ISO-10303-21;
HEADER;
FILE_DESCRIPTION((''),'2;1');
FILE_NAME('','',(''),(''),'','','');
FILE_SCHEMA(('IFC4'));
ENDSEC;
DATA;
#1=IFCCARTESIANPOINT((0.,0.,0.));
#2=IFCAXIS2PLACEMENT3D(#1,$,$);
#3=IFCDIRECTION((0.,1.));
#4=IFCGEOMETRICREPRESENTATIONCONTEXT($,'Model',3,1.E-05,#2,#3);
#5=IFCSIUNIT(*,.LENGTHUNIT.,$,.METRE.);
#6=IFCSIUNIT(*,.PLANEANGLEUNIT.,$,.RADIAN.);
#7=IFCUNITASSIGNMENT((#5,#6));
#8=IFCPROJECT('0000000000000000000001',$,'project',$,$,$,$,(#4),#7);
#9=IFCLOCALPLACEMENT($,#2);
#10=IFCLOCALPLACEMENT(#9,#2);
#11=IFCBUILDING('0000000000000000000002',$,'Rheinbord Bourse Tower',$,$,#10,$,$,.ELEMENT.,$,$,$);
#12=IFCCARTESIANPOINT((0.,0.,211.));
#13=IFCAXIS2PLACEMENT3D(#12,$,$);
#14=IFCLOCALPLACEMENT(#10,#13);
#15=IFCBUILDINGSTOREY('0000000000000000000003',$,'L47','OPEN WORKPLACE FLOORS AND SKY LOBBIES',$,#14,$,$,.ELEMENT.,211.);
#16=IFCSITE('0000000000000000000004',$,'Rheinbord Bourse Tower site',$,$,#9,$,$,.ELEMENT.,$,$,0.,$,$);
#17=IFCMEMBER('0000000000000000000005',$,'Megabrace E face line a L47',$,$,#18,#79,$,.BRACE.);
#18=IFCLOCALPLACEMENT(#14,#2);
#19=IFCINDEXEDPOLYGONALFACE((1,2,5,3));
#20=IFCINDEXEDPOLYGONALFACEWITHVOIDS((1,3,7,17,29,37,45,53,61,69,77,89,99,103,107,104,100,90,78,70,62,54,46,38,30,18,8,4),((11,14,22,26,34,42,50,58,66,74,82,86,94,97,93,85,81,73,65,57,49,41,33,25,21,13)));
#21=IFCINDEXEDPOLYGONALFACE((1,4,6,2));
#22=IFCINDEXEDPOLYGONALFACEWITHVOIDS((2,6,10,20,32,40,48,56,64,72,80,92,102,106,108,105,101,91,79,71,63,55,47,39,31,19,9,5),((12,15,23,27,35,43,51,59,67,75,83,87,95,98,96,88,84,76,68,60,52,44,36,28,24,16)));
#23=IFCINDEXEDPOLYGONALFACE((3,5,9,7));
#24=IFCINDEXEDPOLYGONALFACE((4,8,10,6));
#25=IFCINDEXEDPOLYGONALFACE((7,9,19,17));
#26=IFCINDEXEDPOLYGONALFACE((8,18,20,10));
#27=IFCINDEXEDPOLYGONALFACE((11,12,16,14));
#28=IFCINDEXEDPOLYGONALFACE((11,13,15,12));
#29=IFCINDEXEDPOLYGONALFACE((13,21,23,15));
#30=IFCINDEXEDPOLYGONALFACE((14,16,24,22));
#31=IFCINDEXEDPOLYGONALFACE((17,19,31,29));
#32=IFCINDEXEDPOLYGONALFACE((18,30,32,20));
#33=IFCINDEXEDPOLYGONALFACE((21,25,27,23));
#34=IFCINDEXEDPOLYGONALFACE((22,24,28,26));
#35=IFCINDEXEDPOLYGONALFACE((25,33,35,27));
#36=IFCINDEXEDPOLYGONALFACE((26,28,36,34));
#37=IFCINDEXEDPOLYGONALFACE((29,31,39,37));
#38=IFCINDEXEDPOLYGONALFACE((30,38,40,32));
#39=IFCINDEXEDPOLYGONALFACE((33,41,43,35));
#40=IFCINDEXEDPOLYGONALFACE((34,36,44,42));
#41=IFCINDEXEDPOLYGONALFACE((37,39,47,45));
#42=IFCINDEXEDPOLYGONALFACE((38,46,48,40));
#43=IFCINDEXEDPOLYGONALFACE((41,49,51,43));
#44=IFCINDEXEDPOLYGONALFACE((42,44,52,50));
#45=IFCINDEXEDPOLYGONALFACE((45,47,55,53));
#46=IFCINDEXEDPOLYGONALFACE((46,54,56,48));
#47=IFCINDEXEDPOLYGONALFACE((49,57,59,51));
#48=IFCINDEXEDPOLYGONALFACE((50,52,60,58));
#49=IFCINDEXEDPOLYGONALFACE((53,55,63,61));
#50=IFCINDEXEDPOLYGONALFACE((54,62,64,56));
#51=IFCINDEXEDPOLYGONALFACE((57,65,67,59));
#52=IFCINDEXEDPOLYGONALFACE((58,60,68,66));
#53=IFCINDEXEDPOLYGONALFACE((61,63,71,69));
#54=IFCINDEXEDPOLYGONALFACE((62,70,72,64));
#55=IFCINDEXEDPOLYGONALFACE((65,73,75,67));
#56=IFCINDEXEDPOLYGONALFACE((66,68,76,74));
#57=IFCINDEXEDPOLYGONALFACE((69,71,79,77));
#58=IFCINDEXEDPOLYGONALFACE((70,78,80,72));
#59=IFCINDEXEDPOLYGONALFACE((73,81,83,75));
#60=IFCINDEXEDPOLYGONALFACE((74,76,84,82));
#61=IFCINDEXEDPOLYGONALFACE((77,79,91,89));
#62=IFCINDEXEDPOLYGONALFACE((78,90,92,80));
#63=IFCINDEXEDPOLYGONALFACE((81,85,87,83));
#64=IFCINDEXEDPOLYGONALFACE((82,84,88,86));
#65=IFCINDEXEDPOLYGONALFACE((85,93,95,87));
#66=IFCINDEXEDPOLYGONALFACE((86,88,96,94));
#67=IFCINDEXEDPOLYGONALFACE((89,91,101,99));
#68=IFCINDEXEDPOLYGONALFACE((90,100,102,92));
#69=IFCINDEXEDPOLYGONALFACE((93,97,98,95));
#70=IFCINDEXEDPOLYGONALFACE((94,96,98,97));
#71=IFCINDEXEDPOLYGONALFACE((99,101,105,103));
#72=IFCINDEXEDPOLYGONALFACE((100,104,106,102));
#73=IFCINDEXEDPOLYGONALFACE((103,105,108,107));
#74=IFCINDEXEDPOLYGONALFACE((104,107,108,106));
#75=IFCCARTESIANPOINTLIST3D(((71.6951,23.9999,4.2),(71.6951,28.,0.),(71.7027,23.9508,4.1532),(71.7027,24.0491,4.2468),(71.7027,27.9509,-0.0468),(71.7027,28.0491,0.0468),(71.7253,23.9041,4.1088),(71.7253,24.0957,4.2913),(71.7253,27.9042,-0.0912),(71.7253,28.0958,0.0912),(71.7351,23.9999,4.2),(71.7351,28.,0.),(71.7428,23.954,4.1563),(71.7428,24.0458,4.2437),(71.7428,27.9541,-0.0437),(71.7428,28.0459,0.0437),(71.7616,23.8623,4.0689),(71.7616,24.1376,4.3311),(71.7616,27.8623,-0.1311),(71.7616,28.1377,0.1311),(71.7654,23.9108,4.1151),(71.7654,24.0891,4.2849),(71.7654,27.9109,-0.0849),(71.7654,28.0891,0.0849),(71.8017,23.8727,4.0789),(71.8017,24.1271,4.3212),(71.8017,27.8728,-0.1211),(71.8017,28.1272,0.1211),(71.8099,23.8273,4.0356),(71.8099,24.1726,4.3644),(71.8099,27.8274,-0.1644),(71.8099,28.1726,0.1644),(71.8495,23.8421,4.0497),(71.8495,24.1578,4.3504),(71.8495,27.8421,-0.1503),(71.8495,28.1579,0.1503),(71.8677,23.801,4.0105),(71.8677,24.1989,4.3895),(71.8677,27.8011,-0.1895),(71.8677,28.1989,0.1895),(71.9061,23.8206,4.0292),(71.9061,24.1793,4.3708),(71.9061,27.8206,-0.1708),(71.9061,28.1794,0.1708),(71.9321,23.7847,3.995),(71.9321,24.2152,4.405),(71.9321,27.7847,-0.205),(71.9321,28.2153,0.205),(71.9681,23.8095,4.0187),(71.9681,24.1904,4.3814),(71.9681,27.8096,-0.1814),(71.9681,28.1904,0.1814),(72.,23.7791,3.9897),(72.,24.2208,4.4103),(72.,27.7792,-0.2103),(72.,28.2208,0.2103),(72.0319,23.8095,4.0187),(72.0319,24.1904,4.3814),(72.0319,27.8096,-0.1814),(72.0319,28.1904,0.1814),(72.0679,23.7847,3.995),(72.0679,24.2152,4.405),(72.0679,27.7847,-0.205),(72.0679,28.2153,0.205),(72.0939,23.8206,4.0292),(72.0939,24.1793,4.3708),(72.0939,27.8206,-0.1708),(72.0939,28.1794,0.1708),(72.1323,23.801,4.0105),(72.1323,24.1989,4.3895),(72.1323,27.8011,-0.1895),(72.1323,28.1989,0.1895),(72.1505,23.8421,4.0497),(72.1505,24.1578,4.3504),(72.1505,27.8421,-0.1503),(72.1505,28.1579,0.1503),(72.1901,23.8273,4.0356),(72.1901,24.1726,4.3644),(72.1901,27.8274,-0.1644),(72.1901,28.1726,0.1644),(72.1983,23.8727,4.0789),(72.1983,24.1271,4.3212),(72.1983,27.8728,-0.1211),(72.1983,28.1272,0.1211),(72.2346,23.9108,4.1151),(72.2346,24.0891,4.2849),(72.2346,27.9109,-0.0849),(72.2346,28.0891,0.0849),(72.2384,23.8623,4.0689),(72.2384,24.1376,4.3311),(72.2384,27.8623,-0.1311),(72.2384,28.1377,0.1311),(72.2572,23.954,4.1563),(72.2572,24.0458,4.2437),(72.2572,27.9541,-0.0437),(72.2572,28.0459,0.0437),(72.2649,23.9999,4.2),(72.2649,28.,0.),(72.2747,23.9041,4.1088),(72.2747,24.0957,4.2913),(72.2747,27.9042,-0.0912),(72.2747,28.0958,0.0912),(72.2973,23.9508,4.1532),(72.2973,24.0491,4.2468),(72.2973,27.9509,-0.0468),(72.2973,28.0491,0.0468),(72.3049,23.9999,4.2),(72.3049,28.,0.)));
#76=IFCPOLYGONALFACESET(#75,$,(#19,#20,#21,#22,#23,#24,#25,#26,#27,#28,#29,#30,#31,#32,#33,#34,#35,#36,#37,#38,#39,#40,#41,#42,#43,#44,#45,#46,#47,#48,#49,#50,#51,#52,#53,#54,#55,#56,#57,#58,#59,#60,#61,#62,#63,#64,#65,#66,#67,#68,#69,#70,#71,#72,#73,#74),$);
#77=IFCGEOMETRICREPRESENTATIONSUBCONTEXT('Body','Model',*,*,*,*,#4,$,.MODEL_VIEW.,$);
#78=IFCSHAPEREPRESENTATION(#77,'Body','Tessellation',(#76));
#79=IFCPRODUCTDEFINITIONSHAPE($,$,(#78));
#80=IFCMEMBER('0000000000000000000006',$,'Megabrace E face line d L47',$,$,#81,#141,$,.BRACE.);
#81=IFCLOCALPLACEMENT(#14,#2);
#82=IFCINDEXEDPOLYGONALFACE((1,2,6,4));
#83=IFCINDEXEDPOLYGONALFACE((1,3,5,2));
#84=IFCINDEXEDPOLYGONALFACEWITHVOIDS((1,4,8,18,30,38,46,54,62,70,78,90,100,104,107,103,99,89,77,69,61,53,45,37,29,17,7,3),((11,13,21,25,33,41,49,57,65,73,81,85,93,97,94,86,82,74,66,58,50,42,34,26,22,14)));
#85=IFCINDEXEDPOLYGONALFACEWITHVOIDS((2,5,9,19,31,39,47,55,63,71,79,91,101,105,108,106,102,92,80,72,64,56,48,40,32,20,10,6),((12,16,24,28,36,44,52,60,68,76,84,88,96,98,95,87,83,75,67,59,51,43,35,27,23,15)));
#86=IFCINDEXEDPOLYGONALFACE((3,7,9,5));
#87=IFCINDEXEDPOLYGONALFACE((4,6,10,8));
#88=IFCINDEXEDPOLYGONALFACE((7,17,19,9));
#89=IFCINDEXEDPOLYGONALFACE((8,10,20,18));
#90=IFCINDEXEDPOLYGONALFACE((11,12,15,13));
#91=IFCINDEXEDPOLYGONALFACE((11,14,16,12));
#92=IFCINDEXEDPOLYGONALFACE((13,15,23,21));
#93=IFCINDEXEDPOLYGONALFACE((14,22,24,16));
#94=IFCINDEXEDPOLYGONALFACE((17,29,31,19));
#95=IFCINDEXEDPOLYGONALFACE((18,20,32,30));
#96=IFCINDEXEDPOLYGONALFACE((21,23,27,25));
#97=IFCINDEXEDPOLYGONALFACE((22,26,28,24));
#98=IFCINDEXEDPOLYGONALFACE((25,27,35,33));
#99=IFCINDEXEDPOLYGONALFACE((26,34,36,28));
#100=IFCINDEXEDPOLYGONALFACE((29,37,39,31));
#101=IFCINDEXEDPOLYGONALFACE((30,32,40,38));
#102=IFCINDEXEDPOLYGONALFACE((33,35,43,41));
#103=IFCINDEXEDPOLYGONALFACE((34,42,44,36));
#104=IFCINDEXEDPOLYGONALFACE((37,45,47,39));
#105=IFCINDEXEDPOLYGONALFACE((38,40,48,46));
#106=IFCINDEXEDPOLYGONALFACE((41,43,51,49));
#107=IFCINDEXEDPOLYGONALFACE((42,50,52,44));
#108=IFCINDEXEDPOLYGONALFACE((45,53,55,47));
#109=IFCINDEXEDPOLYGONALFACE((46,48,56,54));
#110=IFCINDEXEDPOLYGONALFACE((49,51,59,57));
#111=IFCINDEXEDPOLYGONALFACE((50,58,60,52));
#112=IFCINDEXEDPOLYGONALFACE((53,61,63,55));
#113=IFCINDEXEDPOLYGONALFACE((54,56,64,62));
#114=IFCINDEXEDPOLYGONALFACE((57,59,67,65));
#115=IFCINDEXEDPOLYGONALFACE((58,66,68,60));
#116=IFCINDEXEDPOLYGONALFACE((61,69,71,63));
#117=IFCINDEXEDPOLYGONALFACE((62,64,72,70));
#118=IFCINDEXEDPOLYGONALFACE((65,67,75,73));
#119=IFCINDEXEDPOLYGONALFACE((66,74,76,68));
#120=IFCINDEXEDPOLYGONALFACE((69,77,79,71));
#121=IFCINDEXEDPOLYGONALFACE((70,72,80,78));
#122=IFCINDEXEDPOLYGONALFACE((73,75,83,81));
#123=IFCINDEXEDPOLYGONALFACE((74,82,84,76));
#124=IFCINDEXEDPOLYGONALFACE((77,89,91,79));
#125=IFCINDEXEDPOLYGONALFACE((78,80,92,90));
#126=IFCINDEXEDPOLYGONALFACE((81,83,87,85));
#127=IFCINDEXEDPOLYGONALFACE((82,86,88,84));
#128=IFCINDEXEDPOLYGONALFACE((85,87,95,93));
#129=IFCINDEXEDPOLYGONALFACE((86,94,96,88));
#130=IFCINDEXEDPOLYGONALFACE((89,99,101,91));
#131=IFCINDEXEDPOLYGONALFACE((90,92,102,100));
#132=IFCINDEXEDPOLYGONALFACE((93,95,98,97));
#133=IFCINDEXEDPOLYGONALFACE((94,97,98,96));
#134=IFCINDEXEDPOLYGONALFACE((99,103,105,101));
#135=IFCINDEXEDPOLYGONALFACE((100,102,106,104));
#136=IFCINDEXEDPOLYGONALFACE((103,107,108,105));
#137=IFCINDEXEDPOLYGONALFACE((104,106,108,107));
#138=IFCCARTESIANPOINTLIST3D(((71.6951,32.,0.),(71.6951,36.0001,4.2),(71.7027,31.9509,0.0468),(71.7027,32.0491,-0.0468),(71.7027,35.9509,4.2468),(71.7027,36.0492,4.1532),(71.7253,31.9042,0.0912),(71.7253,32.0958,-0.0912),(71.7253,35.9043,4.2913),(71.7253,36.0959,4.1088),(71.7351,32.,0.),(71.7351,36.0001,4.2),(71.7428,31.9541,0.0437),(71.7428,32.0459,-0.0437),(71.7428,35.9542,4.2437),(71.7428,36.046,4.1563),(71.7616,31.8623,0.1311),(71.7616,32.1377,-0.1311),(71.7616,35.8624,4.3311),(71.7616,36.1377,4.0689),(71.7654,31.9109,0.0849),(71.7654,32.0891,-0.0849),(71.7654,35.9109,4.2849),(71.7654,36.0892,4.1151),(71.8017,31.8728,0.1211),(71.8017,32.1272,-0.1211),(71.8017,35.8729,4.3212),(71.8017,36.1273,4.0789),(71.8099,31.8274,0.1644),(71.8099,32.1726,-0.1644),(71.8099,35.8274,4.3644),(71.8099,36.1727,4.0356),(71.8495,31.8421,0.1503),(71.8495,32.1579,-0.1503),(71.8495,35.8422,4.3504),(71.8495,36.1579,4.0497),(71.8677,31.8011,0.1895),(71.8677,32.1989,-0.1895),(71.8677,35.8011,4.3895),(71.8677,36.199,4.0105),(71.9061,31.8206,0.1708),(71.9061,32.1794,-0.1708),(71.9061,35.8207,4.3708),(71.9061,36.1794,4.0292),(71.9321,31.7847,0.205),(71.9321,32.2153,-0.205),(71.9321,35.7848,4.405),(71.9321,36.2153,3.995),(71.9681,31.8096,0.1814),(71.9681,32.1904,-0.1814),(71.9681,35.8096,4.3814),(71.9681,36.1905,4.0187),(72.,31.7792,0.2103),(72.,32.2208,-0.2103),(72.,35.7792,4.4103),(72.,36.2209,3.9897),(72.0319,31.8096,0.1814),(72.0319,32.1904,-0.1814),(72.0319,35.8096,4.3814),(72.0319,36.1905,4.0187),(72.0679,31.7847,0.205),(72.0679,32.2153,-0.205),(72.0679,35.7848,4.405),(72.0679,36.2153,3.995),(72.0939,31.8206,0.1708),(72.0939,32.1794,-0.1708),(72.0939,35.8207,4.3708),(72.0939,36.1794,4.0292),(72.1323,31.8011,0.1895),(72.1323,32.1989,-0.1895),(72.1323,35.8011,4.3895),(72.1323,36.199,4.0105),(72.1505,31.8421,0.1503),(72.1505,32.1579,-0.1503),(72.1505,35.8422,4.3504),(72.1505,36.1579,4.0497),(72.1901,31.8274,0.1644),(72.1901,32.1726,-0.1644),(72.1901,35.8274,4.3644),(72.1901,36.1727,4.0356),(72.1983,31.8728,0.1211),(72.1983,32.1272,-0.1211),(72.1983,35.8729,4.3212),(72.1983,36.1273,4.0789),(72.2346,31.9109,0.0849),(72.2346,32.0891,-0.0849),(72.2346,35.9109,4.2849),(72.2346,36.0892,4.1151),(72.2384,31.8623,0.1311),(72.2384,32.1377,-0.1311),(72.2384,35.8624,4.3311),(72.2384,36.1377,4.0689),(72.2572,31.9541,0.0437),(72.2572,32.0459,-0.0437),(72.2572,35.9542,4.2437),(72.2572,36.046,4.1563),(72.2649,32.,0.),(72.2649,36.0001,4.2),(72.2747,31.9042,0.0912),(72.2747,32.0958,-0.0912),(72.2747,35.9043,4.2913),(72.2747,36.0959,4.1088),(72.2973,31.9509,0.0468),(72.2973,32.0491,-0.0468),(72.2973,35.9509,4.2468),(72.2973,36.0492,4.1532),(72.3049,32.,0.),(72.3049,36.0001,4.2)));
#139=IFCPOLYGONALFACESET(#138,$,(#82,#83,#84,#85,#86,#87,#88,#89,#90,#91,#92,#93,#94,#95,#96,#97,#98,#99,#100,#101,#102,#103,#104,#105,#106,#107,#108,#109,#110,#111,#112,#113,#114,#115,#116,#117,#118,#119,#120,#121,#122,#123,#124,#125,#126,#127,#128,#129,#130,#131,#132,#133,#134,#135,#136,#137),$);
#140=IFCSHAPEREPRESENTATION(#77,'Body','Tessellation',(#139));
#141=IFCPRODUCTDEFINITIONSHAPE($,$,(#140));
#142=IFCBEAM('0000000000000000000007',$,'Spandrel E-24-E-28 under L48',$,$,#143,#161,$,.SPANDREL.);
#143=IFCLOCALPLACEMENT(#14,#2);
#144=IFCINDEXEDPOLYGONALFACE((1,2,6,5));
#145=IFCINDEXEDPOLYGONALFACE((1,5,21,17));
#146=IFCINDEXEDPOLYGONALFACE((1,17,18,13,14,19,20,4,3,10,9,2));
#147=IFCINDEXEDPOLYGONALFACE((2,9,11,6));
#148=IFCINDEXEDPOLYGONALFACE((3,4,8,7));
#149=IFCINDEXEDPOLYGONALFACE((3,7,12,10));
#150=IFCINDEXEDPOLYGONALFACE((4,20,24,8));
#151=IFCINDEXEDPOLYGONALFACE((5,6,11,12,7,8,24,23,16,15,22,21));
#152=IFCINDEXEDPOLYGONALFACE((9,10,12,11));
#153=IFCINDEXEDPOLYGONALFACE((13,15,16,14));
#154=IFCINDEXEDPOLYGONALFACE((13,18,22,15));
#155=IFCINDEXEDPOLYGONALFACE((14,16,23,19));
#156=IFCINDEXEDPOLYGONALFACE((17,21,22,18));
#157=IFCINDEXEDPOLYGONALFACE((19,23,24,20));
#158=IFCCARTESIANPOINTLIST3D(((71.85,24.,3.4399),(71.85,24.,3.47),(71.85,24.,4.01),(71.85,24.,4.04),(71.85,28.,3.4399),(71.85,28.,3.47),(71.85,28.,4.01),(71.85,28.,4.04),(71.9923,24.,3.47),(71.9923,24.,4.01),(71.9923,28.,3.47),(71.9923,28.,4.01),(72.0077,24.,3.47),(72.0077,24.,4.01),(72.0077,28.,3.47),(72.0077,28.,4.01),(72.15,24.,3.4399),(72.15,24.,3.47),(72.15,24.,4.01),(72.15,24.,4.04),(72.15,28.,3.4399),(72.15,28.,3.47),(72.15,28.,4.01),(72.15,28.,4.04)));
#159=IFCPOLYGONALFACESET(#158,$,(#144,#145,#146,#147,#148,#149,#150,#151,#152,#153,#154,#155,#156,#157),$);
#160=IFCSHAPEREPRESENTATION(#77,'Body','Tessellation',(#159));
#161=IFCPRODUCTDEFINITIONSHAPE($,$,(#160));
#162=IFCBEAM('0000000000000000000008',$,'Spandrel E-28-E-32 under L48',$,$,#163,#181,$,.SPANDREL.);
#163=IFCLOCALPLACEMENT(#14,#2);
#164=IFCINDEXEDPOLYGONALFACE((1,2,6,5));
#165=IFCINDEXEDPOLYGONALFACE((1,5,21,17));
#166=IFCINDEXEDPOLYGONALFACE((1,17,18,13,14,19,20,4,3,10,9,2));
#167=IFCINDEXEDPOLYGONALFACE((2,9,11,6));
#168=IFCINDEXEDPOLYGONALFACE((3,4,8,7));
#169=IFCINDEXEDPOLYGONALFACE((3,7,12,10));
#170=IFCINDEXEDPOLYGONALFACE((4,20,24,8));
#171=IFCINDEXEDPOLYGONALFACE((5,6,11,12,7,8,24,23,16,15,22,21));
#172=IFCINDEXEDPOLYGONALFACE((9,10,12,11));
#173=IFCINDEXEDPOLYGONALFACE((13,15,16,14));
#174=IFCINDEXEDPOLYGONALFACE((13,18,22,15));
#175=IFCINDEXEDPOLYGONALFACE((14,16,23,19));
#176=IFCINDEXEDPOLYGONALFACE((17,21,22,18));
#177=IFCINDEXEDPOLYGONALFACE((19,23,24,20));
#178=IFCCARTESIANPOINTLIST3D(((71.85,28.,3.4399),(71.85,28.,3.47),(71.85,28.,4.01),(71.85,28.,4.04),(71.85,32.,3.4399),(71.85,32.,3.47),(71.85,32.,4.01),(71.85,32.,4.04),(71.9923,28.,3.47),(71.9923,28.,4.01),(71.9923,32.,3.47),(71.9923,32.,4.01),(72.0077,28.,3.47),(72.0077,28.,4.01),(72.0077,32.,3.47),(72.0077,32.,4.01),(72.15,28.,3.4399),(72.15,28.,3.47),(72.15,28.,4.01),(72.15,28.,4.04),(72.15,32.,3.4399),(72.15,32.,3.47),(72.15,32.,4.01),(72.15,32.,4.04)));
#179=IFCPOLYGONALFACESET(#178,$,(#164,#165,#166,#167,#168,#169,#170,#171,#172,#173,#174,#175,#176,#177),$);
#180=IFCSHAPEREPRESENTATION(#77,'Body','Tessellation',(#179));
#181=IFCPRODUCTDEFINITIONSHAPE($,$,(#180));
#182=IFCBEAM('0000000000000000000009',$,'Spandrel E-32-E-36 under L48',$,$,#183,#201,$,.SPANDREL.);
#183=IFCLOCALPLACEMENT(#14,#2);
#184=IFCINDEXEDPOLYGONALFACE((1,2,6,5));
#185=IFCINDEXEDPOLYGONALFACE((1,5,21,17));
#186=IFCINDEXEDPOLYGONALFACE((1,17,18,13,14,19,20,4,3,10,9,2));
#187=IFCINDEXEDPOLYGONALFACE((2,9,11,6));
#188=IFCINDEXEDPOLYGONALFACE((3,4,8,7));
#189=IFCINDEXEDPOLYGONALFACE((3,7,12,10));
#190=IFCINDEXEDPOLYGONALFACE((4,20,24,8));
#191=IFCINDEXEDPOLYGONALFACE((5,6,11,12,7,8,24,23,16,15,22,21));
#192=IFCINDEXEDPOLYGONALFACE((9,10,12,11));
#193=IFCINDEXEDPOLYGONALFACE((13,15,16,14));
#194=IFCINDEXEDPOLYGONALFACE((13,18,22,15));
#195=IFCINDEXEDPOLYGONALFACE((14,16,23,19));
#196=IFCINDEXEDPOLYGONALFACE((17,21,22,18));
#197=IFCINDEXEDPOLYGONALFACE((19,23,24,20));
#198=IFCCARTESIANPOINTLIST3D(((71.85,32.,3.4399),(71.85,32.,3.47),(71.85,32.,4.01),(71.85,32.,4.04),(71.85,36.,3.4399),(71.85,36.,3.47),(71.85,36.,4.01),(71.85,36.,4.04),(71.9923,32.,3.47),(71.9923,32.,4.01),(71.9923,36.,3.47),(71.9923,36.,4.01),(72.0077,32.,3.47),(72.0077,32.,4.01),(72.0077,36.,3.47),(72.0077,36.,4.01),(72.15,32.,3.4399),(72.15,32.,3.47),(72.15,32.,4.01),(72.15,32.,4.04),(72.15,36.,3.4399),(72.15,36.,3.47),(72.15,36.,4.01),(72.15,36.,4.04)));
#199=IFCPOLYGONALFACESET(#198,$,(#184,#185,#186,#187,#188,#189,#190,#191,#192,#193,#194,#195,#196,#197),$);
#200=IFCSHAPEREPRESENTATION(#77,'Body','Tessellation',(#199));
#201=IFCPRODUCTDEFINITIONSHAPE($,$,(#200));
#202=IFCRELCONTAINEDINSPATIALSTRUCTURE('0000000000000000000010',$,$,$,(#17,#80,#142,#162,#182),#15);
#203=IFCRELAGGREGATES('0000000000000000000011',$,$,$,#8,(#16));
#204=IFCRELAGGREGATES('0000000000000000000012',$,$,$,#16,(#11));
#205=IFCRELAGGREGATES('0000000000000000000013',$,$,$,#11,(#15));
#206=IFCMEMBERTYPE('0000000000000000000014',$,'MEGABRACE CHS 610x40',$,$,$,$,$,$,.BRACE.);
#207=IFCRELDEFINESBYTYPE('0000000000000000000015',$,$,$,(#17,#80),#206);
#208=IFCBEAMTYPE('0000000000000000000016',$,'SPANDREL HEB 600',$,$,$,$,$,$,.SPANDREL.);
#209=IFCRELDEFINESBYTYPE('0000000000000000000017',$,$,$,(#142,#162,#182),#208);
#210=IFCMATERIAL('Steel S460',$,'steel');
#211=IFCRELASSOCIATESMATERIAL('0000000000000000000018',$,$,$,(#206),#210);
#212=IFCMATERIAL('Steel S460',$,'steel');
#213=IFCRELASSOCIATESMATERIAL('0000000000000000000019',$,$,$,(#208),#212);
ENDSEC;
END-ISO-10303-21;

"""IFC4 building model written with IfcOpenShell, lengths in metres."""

from ifc_helpers import new_model, si_unit, direction, frame, origin, origin_2d, place, context, subcontext, project, spatial, hollow_circle, i_section, extrude, material, material_profile, profile_set, type_object, element, save


model = new_model("IFC4")

# Units and contexts
model_context = context("Model", 3, precision=1e-05, world=origin(), true_north=direction((0.0, 1.0)))
body_context = subcontext(model_context, "Body", "Model", "MODEL_VIEW")
ifc_project = project(units=[si_unit("LENGTHUNIT", "METRE"), si_unit("PLANEANGLEUNIT", "RADIAN")], contexts=[model_context])

# Site, building, storey
site_placement = place(None, origin())
site = spatial("IfcSite", under=ifc_project, at=site_placement, Name="Rheinbord Bourse Tower site", CompositionType="ELEMENT", RefElevation=0.0)
building_placement = place(site_placement, origin())
building = spatial("IfcBuilding", under=site, at=building_placement, Name="Rheinbord Bourse Tower", CompositionType="ELEMENT")
storey_placement = place(building_placement, frame((0.0, 0.0, 211.0)))
storey = spatial("IfcBuildingStorey", under=building, at=storey_placement, Name="L47", Description="OPEN WORKPLACE FLOORS AND SKY LOBBIES", CompositionType="ELEMENT", Elevation=211.0)

# Members
ifc_material_1 = material(Name="Steel S460", Category="steel")
ifc_material_profile_1 = material_profile(ifc_material_1, hollow_circle(Radius=0.3049, WallThickness=0.04, at=origin_2d()), Name="CHS 610x40")
ifc_profile_set_1 = profile_set([ifc_material_profile_1], Name="Steel S460")
member_type_1 = type_object("IfcMemberType", Name="MEGABRACE CHS 610x40", PredefinedType="BRACE", material=ifc_profile_set_1)
for number, where, z_axis, x_axis, name in (
    (1, (72.0, 28.0, 0.0), (0.0, -0.689659, 0.724134), (1.0, 0.0, 0.0), "Megabrace E face line a L47"),
    (2, (72.0, 32.0, 0.0), (0.0, 0.689659, 0.724134), (-1.0, 0.0, 0.0), "Megabrace E face line d L47"),
):
    element("IfcMember", number, at=place(storey_placement, frame(where, z_axis=z_axis, x_axis=x_axis)), inside=storey, type_object=member_type_1, Name=name, PredefinedType="BRACE", context=body_context, shape_type="SweptSolid", body=[
        extrude(hollow_circle(Radius=0.3049, WallThickness=0.04, at=origin_2d()), origin(), (0.0, 0.0, 1.0), 5.8),
    ])

# Beams
ifc_material_2 = material(Name="Steel S460", Category="steel")
ifc_material_profile_2 = material_profile(ifc_material_2, i_section(OverallWidth=0.3, OverallDepth=0.6001, WebThickness=0.0154, FlangeThickness=0.03, at=origin_2d()), Name="HEB 600")
ifc_profile_set_2 = profile_set([ifc_material_profile_2], Name="Steel S460")
beam_type_1 = type_object("IfcBeamType", Name="SPANDREL HEB 600", PredefinedType="SPANDREL", material=ifc_profile_set_2)
for number, where, z_axis, x_axis, name in (
    (3, (72.0, 24.0, 3.74), (0.0, 1.0, 0.0), (-1.0, 0.0, 0.0), "Spandrel E-24-E-28 under L48"),
    (4, (72.0, 28.0, 3.74), (0.0, 1.0, 0.0), (-1.0, 0.0, 0.0), "Spandrel E-28-E-32 under L48"),
    (5, (72.0, 32.0, 3.74), (0.0, 1.0, 0.0), (-1.0, 0.0, 0.0), "Spandrel E-32-E-36 under L48"),
):
    element("IfcBeam", number, at=place(storey_placement, frame(where, z_axis=z_axis, x_axis=x_axis)), inside=storey, type_object=beam_type_1, Name=name, PredefinedType="SPANDREL", context=body_context, shape_type="SweptSolid", body=[
        extrude(i_section(OverallWidth=0.3, OverallDepth=0.6001, WebThickness=0.0154, FlangeThickness=0.03, at=origin_2d()), origin(), (0.0, 0.0, 1.0), 4.0),
    ])

save(model, "model.ifc")
